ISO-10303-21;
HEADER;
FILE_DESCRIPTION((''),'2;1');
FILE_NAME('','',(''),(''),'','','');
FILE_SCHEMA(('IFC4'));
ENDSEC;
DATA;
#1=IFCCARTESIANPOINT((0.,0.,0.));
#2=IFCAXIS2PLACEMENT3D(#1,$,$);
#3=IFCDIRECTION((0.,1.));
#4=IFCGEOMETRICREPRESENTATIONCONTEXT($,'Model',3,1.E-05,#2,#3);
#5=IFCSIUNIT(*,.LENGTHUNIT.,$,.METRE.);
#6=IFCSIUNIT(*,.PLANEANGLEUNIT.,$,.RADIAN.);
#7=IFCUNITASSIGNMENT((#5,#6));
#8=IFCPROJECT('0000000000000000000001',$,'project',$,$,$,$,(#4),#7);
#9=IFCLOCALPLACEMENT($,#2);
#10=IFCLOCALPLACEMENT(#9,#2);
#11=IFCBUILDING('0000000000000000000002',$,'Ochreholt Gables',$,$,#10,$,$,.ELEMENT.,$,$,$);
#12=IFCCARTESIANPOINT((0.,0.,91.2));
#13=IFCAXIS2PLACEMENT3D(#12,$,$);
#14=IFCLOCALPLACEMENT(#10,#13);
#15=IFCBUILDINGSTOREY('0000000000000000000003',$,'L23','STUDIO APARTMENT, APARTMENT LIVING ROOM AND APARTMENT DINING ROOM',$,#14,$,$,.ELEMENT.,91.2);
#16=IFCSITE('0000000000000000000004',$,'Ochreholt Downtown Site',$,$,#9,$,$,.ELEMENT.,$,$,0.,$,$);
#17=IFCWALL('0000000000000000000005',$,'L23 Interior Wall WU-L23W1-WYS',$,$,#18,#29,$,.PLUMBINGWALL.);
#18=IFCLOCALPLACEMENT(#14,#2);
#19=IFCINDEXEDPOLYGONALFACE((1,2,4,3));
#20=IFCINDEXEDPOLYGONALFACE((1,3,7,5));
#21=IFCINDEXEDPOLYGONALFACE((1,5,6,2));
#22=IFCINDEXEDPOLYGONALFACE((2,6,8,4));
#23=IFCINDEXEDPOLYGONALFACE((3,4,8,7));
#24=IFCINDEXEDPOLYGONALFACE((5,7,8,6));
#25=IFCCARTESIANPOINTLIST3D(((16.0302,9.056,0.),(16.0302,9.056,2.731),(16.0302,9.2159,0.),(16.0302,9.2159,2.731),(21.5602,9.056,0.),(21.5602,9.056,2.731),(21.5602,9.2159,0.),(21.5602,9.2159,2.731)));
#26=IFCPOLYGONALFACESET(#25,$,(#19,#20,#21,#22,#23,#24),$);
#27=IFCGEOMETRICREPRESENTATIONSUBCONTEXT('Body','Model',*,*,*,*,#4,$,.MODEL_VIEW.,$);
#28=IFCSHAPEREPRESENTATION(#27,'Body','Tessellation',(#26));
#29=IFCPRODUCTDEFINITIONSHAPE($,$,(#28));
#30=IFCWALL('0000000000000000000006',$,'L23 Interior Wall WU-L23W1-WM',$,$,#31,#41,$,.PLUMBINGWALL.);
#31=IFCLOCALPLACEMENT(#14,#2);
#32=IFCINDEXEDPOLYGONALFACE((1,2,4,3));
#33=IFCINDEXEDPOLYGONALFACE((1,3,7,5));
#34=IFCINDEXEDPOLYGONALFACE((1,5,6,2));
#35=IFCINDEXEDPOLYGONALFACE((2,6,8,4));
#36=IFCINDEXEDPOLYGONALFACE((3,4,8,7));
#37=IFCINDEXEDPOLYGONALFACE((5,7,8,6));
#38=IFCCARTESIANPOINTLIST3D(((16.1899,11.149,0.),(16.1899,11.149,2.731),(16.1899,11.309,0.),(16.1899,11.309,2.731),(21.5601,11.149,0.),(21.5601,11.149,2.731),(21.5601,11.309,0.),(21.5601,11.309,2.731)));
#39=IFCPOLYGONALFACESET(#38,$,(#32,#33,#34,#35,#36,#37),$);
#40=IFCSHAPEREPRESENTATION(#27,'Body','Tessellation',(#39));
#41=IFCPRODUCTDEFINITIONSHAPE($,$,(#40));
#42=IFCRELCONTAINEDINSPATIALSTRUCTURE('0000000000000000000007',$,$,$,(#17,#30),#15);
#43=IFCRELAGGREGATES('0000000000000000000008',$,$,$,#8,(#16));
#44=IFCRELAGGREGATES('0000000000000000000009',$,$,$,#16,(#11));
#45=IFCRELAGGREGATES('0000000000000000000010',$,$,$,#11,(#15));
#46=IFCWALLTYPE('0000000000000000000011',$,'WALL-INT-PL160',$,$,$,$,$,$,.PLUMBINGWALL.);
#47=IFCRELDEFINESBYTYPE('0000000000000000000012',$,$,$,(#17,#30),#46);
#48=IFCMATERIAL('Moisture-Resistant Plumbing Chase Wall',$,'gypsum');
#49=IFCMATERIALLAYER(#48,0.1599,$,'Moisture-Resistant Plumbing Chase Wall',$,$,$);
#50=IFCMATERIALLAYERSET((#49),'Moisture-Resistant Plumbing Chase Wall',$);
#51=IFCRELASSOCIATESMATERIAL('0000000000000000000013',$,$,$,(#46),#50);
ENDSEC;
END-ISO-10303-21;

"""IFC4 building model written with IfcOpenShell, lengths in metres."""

from ifc_helpers import new_model, si_unit, direction, frame, frame_2d, origin, place, context, subcontext, project, spatial, rectangle, extrude, material, layer, layer_set, type_object, element, save


model = new_model("IFC4")

# Units and contexts
model_context = context("Model", 3, precision=1e-05, world=origin(), true_north=direction((0.0, 1.0)))
body_context = subcontext(model_context, "Body", "Model", "MODEL_VIEW")
ifc_project = project(units=[si_unit("LENGTHUNIT", "METRE"), si_unit("PLANEANGLEUNIT", "RADIAN")], contexts=[model_context])

# Site, building, storey
site_placement = place(None, origin())
site = spatial("IfcSite", under=ifc_project, at=site_placement, Name="Ochreholt Downtown Site", CompositionType="ELEMENT", RefElevation=0.0)
building_placement = place(site_placement, origin())
building = spatial("IfcBuilding", under=site, at=building_placement, Name="Ochreholt Gables", CompositionType="ELEMENT")
storey_placement = place(building_placement, frame((0.0, 0.0, 91.2)))
storey = spatial("IfcBuildingStorey", under=building, at=storey_placement, Name="L23", Description="STUDIO APARTMENT, APARTMENT LIVING ROOM AND APARTMENT DINING ROOM", CompositionType="ELEMENT", Elevation=91.2)

# Wall
ifc_material_1 = material(Name="Moisture-Resistant Plumbing Chase Wall", Category="gypsum")
ifc_layer_1 = layer(ifc_material_1, 0.1599, Name="Moisture-Resistant Plumbing Chase Wall")
ifc_layer_set_1 = layer_set([ifc_layer_1], Name="Moisture-Resistant Plumbing Chase Wall")
wall_type_1 = type_object("IfcWallType", Name="WALL-INT-PL160", PredefinedType="PLUMBINGWALL", material=ifc_layer_set_1)
wall_1_placement = place(storey_placement, frame((16.03, 9.136, 0.0), z_axis=(0.0, 0.0, 1.0), x_axis=(1.0, 0.0, 0.0)))
element("IfcWall", 1, at=wall_1_placement, inside=storey, type_object=wall_type_1, Name="L23 Interior Wall WU-L23W1-WYS", PredefinedType="PLUMBINGWALL", context=body_context, shape_type="SweptSolid", body=[
    extrude(rectangle(XDim=5.53, YDim=0.1599, at=frame_2d((2.7651, 0.0))), origin(), (0.0, 0.0, 1.0), 2.731),
])

# Wall
wall_2_placement = place(storey_placement, frame((16.1899, 11.229, 0.0), z_axis=(0.0, 0.0, 1.0), x_axis=(1.0, 0.0, 0.0)))
element("IfcWall", 2, at=wall_2_placement, inside=storey, type_object=wall_type_1, Name="L23 Interior Wall WU-L23W1-WM", PredefinedType="PLUMBINGWALL", context=body_context, shape_type="SweptSolid", body=[
    extrude(rectangle(XDim=5.3701, YDim=0.1599, at=frame_2d((2.6851, 0.0))), origin(), (0.0, 0.0, 1.0), 2.731),
])

save(model, "model.ifc")
